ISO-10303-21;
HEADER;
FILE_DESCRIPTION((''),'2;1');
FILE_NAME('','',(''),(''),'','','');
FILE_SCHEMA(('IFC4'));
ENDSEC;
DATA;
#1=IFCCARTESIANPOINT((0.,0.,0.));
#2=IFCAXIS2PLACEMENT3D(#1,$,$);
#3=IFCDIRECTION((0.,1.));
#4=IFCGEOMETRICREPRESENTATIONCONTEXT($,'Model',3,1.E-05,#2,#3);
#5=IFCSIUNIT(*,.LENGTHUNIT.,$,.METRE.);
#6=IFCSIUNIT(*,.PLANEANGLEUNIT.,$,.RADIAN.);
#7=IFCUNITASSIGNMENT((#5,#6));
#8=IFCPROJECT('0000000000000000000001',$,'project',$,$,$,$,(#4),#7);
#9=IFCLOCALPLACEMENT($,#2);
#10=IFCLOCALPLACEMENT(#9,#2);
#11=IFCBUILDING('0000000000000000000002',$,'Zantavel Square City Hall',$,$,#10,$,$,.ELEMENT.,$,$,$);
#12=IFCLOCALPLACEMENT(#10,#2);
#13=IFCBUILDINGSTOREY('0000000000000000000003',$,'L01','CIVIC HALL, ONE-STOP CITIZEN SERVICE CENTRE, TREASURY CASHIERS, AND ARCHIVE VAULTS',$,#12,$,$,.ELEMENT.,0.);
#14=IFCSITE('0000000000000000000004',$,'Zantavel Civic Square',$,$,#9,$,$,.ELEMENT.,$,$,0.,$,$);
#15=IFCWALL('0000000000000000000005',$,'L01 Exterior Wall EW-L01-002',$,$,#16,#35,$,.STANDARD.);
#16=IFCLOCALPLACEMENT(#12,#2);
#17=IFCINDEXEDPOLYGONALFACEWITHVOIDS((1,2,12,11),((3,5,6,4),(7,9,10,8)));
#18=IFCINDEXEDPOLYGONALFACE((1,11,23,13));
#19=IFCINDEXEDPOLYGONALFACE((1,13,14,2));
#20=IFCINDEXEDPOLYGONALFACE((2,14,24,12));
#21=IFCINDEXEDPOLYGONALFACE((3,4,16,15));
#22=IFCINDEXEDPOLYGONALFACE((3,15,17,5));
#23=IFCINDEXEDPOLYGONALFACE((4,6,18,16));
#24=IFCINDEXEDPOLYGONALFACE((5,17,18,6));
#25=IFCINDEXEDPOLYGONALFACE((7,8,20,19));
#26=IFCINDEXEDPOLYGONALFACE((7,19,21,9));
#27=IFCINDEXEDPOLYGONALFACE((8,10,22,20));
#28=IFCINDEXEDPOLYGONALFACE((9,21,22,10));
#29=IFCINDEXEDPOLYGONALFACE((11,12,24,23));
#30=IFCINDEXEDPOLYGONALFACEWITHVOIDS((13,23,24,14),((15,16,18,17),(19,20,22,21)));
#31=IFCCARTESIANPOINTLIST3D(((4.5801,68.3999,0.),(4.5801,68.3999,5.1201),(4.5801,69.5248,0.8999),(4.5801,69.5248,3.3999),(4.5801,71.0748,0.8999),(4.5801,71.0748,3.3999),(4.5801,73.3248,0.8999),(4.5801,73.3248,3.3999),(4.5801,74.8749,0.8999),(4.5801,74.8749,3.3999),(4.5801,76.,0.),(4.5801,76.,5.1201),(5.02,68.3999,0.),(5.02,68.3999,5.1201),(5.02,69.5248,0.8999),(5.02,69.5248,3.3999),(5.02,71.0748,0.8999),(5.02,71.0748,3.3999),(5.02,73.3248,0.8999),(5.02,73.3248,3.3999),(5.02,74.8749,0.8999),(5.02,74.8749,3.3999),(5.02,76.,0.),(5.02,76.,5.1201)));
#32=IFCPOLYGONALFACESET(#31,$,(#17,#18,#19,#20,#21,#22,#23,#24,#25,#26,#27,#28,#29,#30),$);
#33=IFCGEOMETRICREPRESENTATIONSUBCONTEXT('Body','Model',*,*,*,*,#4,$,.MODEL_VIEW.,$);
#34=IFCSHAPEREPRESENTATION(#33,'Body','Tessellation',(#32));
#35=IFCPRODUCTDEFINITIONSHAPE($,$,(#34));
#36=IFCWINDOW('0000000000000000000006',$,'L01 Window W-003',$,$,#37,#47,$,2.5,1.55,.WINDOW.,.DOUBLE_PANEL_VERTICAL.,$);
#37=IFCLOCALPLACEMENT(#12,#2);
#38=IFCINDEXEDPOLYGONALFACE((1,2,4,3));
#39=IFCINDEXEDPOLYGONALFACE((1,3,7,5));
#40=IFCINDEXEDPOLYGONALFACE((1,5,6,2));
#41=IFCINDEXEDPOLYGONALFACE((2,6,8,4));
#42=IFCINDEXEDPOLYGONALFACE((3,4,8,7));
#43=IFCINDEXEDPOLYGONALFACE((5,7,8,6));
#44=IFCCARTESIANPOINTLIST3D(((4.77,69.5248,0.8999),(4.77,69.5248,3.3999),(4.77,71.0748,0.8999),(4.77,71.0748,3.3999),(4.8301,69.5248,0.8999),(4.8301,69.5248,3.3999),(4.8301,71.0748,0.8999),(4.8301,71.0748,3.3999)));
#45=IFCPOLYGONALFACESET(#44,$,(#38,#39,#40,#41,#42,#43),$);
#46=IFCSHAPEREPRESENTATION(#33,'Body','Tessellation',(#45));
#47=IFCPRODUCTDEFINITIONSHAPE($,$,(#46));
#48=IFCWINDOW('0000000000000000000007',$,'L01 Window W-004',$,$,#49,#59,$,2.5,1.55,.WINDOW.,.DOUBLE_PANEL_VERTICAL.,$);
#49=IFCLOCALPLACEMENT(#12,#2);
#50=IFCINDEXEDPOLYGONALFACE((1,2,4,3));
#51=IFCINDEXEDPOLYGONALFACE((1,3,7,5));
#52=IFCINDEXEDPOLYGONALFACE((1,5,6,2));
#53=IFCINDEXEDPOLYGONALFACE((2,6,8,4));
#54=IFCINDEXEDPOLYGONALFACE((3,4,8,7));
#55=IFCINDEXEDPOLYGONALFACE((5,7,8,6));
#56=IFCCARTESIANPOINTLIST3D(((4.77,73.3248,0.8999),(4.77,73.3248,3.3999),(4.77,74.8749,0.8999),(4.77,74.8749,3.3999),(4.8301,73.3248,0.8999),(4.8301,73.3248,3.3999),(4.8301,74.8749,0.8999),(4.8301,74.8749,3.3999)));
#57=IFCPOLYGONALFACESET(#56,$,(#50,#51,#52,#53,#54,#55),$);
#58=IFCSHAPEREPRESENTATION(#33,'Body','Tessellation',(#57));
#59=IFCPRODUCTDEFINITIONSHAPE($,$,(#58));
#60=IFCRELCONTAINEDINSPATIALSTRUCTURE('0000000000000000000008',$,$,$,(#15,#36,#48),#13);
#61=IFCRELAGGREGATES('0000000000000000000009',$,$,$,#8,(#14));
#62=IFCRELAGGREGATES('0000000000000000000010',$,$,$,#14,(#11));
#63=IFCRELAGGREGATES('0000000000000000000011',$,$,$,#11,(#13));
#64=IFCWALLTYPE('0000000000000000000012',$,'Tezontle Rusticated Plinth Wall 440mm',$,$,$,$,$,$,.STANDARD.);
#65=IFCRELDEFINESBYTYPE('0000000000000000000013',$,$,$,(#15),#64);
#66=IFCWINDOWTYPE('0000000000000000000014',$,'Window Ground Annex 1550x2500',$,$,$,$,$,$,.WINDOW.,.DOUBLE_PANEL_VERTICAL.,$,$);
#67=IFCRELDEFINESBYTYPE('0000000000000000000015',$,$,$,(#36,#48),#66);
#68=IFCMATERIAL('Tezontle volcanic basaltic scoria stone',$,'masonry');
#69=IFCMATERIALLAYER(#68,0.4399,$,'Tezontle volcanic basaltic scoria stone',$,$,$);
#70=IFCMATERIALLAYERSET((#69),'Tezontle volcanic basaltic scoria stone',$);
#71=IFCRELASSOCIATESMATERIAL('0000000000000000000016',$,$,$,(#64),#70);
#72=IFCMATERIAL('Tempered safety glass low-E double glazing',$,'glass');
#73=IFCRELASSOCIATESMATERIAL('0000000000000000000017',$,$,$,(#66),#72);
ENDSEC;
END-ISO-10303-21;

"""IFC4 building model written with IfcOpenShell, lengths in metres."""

from ifc_helpers import new_model, si_unit, direction, frame, frame_2d, origin, place, context, subcontext, project, spatial, rectangle, extrude, material, layer, layer_set, type_object, element, fill, save


model = new_model("IFC4")

# Units and contexts
model_context = context("Model", 3, precision=1e-05, world=origin(), true_north=direction((0.0, 1.0)))
body_context = subcontext(model_context, "Body", "Model", "MODEL_VIEW")
ifc_project = project(units=[si_unit("LENGTHUNIT", "METRE"), si_unit("PLANEANGLEUNIT", "RADIAN")], contexts=[model_context])

# Site, building, storey
site_placement = place(None, origin())
site = spatial("IfcSite", under=ifc_project, at=site_placement, Name="Zantavel Civic Square", CompositionType="ELEMENT", RefElevation=0.0)
building_placement = place(site_placement, origin())
building = spatial("IfcBuilding", under=site, at=building_placement, Name="Zantavel Square City Hall", CompositionType="ELEMENT")
storey_placement = place(building_placement, origin())
storey = spatial("IfcBuildingStorey", under=building, at=storey_placement, Name="L01", Description="CIVIC HALL, ONE-STOP CITIZEN SERVICE CENTRE, TREASURY CASHIERS, AND ARCHIVE VAULTS", CompositionType="ELEMENT", Elevation=0.0)

# Shared definitions
ifc_material_1 = material(Name="Tempered safety glass low-E double glazing", Category="glass")

# Wall, openings, windows
ifc_material_2 = material(Name="Tezontle volcanic basaltic scoria stone", Category="masonry")
ifc_layer_1 = layer(ifc_material_2, 0.4399, Name="Tezontle volcanic basaltic scoria stone")
ifc_layer_set_1 = layer_set([ifc_layer_1], Name="Tezontle volcanic basaltic scoria stone")
wall_type_1 = type_object("IfcWallType", Name="Tezontle Rusticated Plinth Wall 440mm", PredefinedType="STANDARD", material=ifc_layer_set_1)
window_type = type_object("IfcWindowType", Name="Window Ground Annex 1550x2500", PartitioningType="DOUBLE_PANEL_VERTICAL", PredefinedType="WINDOW", material=ifc_material_1)
wall_1_placement = place(storey_placement, frame((4.8, 68.3999, 0.0), z_axis=(0.0, 0.0, 1.0), x_axis=(0.0, 1.0, 0.0)))
wall_1 = element("IfcWall", 1, at=wall_1_placement, inside=storey, type_object=wall_type_1, Name="L01 Exterior Wall EW-L01-002", PredefinedType="STANDARD", context=body_context, shape_type="SweptSolid", body=[
    extrude(rectangle(XDim=7.6001, YDim=0.4399, at=frame_2d((3.8, 0.0))), origin(), (0.0, 0.0, 1.0), 5.1201),
])
opening_1_placement = place(wall_1_placement, frame((1.125, 0.0, 0.8999)))
opening_1 = element("IfcOpeningElement", 2, at=opening_1_placement, cuts=wall_1, PredefinedType="OPENING", context=body_context, shape_type="SweptSolid", body=[
    extrude(rectangle(XDim=1.55, YDim=2.5, at=frame_2d((0.7749, 1.25))), frame((0.0, 0.23, 0.0), z_axis=(0.0, -1.0, 0.0), x_axis=(1.0, 0.0, 0.0)), (0.0, 0.0, 1.0), 0.46),
])
opening_2_placement = place(wall_1_placement, frame((4.925, 0.0, 0.8999)))
opening_2 = element("IfcOpeningElement", 3, at=opening_2_placement, cuts=wall_1, PredefinedType="OPENING", context=body_context, shape_type="SweptSolid", body=[
    extrude(rectangle(XDim=1.55, YDim=2.5, at=frame_2d((0.7749, 1.25))), frame((0.0, 0.23, 0.0), z_axis=(0.0, -1.0, 0.0), x_axis=(1.0, 0.0, 0.0)), (0.0, 0.0, 1.0), 0.46),
])
window_1_placement = place(opening_1_placement, origin())
window_1 = element("IfcWindow", 4, at=window_1_placement, inside=storey, type_object=window_type, Name="L01 Window W-003", OverallHeight=2.5, OverallWidth=1.55, PartitioningType="DOUBLE_PANEL_VERTICAL", PredefinedType="WINDOW", context=body_context, shape_type="SweptSolid", body=[
    extrude(rectangle(XDim=1.55, YDim=2.5, at=frame_2d((0.7749, 1.25))), frame((0.0, 0.03, 0.0), z_axis=(0.0, -1.0, 0.0), x_axis=(1.0, 0.0, 0.0)), (0.0, 0.0, 1.0), 0.0601),
])
fill(opening_1, window_1)
window_2_placement = place(opening_2_placement, origin())
window_2 = element("IfcWindow", 5, at=window_2_placement, inside=storey, type_object=window_type, Name="L01 Window W-004", OverallHeight=2.5, OverallWidth=1.55, PartitioningType="DOUBLE_PANEL_VERTICAL", PredefinedType="WINDOW", context=body_context, shape_type="SweptSolid", body=[
    extrude(rectangle(XDim=1.55, YDim=2.5, at=frame_2d((0.7749, 1.25))), frame((0.0, 0.03, 0.0), z_axis=(0.0, -1.0, 0.0), x_axis=(1.0, 0.0, 0.0)), (0.0, 0.0, 1.0), 0.0601),
])
fill(opening_2, window_2)

save(model, "model.ifc")
